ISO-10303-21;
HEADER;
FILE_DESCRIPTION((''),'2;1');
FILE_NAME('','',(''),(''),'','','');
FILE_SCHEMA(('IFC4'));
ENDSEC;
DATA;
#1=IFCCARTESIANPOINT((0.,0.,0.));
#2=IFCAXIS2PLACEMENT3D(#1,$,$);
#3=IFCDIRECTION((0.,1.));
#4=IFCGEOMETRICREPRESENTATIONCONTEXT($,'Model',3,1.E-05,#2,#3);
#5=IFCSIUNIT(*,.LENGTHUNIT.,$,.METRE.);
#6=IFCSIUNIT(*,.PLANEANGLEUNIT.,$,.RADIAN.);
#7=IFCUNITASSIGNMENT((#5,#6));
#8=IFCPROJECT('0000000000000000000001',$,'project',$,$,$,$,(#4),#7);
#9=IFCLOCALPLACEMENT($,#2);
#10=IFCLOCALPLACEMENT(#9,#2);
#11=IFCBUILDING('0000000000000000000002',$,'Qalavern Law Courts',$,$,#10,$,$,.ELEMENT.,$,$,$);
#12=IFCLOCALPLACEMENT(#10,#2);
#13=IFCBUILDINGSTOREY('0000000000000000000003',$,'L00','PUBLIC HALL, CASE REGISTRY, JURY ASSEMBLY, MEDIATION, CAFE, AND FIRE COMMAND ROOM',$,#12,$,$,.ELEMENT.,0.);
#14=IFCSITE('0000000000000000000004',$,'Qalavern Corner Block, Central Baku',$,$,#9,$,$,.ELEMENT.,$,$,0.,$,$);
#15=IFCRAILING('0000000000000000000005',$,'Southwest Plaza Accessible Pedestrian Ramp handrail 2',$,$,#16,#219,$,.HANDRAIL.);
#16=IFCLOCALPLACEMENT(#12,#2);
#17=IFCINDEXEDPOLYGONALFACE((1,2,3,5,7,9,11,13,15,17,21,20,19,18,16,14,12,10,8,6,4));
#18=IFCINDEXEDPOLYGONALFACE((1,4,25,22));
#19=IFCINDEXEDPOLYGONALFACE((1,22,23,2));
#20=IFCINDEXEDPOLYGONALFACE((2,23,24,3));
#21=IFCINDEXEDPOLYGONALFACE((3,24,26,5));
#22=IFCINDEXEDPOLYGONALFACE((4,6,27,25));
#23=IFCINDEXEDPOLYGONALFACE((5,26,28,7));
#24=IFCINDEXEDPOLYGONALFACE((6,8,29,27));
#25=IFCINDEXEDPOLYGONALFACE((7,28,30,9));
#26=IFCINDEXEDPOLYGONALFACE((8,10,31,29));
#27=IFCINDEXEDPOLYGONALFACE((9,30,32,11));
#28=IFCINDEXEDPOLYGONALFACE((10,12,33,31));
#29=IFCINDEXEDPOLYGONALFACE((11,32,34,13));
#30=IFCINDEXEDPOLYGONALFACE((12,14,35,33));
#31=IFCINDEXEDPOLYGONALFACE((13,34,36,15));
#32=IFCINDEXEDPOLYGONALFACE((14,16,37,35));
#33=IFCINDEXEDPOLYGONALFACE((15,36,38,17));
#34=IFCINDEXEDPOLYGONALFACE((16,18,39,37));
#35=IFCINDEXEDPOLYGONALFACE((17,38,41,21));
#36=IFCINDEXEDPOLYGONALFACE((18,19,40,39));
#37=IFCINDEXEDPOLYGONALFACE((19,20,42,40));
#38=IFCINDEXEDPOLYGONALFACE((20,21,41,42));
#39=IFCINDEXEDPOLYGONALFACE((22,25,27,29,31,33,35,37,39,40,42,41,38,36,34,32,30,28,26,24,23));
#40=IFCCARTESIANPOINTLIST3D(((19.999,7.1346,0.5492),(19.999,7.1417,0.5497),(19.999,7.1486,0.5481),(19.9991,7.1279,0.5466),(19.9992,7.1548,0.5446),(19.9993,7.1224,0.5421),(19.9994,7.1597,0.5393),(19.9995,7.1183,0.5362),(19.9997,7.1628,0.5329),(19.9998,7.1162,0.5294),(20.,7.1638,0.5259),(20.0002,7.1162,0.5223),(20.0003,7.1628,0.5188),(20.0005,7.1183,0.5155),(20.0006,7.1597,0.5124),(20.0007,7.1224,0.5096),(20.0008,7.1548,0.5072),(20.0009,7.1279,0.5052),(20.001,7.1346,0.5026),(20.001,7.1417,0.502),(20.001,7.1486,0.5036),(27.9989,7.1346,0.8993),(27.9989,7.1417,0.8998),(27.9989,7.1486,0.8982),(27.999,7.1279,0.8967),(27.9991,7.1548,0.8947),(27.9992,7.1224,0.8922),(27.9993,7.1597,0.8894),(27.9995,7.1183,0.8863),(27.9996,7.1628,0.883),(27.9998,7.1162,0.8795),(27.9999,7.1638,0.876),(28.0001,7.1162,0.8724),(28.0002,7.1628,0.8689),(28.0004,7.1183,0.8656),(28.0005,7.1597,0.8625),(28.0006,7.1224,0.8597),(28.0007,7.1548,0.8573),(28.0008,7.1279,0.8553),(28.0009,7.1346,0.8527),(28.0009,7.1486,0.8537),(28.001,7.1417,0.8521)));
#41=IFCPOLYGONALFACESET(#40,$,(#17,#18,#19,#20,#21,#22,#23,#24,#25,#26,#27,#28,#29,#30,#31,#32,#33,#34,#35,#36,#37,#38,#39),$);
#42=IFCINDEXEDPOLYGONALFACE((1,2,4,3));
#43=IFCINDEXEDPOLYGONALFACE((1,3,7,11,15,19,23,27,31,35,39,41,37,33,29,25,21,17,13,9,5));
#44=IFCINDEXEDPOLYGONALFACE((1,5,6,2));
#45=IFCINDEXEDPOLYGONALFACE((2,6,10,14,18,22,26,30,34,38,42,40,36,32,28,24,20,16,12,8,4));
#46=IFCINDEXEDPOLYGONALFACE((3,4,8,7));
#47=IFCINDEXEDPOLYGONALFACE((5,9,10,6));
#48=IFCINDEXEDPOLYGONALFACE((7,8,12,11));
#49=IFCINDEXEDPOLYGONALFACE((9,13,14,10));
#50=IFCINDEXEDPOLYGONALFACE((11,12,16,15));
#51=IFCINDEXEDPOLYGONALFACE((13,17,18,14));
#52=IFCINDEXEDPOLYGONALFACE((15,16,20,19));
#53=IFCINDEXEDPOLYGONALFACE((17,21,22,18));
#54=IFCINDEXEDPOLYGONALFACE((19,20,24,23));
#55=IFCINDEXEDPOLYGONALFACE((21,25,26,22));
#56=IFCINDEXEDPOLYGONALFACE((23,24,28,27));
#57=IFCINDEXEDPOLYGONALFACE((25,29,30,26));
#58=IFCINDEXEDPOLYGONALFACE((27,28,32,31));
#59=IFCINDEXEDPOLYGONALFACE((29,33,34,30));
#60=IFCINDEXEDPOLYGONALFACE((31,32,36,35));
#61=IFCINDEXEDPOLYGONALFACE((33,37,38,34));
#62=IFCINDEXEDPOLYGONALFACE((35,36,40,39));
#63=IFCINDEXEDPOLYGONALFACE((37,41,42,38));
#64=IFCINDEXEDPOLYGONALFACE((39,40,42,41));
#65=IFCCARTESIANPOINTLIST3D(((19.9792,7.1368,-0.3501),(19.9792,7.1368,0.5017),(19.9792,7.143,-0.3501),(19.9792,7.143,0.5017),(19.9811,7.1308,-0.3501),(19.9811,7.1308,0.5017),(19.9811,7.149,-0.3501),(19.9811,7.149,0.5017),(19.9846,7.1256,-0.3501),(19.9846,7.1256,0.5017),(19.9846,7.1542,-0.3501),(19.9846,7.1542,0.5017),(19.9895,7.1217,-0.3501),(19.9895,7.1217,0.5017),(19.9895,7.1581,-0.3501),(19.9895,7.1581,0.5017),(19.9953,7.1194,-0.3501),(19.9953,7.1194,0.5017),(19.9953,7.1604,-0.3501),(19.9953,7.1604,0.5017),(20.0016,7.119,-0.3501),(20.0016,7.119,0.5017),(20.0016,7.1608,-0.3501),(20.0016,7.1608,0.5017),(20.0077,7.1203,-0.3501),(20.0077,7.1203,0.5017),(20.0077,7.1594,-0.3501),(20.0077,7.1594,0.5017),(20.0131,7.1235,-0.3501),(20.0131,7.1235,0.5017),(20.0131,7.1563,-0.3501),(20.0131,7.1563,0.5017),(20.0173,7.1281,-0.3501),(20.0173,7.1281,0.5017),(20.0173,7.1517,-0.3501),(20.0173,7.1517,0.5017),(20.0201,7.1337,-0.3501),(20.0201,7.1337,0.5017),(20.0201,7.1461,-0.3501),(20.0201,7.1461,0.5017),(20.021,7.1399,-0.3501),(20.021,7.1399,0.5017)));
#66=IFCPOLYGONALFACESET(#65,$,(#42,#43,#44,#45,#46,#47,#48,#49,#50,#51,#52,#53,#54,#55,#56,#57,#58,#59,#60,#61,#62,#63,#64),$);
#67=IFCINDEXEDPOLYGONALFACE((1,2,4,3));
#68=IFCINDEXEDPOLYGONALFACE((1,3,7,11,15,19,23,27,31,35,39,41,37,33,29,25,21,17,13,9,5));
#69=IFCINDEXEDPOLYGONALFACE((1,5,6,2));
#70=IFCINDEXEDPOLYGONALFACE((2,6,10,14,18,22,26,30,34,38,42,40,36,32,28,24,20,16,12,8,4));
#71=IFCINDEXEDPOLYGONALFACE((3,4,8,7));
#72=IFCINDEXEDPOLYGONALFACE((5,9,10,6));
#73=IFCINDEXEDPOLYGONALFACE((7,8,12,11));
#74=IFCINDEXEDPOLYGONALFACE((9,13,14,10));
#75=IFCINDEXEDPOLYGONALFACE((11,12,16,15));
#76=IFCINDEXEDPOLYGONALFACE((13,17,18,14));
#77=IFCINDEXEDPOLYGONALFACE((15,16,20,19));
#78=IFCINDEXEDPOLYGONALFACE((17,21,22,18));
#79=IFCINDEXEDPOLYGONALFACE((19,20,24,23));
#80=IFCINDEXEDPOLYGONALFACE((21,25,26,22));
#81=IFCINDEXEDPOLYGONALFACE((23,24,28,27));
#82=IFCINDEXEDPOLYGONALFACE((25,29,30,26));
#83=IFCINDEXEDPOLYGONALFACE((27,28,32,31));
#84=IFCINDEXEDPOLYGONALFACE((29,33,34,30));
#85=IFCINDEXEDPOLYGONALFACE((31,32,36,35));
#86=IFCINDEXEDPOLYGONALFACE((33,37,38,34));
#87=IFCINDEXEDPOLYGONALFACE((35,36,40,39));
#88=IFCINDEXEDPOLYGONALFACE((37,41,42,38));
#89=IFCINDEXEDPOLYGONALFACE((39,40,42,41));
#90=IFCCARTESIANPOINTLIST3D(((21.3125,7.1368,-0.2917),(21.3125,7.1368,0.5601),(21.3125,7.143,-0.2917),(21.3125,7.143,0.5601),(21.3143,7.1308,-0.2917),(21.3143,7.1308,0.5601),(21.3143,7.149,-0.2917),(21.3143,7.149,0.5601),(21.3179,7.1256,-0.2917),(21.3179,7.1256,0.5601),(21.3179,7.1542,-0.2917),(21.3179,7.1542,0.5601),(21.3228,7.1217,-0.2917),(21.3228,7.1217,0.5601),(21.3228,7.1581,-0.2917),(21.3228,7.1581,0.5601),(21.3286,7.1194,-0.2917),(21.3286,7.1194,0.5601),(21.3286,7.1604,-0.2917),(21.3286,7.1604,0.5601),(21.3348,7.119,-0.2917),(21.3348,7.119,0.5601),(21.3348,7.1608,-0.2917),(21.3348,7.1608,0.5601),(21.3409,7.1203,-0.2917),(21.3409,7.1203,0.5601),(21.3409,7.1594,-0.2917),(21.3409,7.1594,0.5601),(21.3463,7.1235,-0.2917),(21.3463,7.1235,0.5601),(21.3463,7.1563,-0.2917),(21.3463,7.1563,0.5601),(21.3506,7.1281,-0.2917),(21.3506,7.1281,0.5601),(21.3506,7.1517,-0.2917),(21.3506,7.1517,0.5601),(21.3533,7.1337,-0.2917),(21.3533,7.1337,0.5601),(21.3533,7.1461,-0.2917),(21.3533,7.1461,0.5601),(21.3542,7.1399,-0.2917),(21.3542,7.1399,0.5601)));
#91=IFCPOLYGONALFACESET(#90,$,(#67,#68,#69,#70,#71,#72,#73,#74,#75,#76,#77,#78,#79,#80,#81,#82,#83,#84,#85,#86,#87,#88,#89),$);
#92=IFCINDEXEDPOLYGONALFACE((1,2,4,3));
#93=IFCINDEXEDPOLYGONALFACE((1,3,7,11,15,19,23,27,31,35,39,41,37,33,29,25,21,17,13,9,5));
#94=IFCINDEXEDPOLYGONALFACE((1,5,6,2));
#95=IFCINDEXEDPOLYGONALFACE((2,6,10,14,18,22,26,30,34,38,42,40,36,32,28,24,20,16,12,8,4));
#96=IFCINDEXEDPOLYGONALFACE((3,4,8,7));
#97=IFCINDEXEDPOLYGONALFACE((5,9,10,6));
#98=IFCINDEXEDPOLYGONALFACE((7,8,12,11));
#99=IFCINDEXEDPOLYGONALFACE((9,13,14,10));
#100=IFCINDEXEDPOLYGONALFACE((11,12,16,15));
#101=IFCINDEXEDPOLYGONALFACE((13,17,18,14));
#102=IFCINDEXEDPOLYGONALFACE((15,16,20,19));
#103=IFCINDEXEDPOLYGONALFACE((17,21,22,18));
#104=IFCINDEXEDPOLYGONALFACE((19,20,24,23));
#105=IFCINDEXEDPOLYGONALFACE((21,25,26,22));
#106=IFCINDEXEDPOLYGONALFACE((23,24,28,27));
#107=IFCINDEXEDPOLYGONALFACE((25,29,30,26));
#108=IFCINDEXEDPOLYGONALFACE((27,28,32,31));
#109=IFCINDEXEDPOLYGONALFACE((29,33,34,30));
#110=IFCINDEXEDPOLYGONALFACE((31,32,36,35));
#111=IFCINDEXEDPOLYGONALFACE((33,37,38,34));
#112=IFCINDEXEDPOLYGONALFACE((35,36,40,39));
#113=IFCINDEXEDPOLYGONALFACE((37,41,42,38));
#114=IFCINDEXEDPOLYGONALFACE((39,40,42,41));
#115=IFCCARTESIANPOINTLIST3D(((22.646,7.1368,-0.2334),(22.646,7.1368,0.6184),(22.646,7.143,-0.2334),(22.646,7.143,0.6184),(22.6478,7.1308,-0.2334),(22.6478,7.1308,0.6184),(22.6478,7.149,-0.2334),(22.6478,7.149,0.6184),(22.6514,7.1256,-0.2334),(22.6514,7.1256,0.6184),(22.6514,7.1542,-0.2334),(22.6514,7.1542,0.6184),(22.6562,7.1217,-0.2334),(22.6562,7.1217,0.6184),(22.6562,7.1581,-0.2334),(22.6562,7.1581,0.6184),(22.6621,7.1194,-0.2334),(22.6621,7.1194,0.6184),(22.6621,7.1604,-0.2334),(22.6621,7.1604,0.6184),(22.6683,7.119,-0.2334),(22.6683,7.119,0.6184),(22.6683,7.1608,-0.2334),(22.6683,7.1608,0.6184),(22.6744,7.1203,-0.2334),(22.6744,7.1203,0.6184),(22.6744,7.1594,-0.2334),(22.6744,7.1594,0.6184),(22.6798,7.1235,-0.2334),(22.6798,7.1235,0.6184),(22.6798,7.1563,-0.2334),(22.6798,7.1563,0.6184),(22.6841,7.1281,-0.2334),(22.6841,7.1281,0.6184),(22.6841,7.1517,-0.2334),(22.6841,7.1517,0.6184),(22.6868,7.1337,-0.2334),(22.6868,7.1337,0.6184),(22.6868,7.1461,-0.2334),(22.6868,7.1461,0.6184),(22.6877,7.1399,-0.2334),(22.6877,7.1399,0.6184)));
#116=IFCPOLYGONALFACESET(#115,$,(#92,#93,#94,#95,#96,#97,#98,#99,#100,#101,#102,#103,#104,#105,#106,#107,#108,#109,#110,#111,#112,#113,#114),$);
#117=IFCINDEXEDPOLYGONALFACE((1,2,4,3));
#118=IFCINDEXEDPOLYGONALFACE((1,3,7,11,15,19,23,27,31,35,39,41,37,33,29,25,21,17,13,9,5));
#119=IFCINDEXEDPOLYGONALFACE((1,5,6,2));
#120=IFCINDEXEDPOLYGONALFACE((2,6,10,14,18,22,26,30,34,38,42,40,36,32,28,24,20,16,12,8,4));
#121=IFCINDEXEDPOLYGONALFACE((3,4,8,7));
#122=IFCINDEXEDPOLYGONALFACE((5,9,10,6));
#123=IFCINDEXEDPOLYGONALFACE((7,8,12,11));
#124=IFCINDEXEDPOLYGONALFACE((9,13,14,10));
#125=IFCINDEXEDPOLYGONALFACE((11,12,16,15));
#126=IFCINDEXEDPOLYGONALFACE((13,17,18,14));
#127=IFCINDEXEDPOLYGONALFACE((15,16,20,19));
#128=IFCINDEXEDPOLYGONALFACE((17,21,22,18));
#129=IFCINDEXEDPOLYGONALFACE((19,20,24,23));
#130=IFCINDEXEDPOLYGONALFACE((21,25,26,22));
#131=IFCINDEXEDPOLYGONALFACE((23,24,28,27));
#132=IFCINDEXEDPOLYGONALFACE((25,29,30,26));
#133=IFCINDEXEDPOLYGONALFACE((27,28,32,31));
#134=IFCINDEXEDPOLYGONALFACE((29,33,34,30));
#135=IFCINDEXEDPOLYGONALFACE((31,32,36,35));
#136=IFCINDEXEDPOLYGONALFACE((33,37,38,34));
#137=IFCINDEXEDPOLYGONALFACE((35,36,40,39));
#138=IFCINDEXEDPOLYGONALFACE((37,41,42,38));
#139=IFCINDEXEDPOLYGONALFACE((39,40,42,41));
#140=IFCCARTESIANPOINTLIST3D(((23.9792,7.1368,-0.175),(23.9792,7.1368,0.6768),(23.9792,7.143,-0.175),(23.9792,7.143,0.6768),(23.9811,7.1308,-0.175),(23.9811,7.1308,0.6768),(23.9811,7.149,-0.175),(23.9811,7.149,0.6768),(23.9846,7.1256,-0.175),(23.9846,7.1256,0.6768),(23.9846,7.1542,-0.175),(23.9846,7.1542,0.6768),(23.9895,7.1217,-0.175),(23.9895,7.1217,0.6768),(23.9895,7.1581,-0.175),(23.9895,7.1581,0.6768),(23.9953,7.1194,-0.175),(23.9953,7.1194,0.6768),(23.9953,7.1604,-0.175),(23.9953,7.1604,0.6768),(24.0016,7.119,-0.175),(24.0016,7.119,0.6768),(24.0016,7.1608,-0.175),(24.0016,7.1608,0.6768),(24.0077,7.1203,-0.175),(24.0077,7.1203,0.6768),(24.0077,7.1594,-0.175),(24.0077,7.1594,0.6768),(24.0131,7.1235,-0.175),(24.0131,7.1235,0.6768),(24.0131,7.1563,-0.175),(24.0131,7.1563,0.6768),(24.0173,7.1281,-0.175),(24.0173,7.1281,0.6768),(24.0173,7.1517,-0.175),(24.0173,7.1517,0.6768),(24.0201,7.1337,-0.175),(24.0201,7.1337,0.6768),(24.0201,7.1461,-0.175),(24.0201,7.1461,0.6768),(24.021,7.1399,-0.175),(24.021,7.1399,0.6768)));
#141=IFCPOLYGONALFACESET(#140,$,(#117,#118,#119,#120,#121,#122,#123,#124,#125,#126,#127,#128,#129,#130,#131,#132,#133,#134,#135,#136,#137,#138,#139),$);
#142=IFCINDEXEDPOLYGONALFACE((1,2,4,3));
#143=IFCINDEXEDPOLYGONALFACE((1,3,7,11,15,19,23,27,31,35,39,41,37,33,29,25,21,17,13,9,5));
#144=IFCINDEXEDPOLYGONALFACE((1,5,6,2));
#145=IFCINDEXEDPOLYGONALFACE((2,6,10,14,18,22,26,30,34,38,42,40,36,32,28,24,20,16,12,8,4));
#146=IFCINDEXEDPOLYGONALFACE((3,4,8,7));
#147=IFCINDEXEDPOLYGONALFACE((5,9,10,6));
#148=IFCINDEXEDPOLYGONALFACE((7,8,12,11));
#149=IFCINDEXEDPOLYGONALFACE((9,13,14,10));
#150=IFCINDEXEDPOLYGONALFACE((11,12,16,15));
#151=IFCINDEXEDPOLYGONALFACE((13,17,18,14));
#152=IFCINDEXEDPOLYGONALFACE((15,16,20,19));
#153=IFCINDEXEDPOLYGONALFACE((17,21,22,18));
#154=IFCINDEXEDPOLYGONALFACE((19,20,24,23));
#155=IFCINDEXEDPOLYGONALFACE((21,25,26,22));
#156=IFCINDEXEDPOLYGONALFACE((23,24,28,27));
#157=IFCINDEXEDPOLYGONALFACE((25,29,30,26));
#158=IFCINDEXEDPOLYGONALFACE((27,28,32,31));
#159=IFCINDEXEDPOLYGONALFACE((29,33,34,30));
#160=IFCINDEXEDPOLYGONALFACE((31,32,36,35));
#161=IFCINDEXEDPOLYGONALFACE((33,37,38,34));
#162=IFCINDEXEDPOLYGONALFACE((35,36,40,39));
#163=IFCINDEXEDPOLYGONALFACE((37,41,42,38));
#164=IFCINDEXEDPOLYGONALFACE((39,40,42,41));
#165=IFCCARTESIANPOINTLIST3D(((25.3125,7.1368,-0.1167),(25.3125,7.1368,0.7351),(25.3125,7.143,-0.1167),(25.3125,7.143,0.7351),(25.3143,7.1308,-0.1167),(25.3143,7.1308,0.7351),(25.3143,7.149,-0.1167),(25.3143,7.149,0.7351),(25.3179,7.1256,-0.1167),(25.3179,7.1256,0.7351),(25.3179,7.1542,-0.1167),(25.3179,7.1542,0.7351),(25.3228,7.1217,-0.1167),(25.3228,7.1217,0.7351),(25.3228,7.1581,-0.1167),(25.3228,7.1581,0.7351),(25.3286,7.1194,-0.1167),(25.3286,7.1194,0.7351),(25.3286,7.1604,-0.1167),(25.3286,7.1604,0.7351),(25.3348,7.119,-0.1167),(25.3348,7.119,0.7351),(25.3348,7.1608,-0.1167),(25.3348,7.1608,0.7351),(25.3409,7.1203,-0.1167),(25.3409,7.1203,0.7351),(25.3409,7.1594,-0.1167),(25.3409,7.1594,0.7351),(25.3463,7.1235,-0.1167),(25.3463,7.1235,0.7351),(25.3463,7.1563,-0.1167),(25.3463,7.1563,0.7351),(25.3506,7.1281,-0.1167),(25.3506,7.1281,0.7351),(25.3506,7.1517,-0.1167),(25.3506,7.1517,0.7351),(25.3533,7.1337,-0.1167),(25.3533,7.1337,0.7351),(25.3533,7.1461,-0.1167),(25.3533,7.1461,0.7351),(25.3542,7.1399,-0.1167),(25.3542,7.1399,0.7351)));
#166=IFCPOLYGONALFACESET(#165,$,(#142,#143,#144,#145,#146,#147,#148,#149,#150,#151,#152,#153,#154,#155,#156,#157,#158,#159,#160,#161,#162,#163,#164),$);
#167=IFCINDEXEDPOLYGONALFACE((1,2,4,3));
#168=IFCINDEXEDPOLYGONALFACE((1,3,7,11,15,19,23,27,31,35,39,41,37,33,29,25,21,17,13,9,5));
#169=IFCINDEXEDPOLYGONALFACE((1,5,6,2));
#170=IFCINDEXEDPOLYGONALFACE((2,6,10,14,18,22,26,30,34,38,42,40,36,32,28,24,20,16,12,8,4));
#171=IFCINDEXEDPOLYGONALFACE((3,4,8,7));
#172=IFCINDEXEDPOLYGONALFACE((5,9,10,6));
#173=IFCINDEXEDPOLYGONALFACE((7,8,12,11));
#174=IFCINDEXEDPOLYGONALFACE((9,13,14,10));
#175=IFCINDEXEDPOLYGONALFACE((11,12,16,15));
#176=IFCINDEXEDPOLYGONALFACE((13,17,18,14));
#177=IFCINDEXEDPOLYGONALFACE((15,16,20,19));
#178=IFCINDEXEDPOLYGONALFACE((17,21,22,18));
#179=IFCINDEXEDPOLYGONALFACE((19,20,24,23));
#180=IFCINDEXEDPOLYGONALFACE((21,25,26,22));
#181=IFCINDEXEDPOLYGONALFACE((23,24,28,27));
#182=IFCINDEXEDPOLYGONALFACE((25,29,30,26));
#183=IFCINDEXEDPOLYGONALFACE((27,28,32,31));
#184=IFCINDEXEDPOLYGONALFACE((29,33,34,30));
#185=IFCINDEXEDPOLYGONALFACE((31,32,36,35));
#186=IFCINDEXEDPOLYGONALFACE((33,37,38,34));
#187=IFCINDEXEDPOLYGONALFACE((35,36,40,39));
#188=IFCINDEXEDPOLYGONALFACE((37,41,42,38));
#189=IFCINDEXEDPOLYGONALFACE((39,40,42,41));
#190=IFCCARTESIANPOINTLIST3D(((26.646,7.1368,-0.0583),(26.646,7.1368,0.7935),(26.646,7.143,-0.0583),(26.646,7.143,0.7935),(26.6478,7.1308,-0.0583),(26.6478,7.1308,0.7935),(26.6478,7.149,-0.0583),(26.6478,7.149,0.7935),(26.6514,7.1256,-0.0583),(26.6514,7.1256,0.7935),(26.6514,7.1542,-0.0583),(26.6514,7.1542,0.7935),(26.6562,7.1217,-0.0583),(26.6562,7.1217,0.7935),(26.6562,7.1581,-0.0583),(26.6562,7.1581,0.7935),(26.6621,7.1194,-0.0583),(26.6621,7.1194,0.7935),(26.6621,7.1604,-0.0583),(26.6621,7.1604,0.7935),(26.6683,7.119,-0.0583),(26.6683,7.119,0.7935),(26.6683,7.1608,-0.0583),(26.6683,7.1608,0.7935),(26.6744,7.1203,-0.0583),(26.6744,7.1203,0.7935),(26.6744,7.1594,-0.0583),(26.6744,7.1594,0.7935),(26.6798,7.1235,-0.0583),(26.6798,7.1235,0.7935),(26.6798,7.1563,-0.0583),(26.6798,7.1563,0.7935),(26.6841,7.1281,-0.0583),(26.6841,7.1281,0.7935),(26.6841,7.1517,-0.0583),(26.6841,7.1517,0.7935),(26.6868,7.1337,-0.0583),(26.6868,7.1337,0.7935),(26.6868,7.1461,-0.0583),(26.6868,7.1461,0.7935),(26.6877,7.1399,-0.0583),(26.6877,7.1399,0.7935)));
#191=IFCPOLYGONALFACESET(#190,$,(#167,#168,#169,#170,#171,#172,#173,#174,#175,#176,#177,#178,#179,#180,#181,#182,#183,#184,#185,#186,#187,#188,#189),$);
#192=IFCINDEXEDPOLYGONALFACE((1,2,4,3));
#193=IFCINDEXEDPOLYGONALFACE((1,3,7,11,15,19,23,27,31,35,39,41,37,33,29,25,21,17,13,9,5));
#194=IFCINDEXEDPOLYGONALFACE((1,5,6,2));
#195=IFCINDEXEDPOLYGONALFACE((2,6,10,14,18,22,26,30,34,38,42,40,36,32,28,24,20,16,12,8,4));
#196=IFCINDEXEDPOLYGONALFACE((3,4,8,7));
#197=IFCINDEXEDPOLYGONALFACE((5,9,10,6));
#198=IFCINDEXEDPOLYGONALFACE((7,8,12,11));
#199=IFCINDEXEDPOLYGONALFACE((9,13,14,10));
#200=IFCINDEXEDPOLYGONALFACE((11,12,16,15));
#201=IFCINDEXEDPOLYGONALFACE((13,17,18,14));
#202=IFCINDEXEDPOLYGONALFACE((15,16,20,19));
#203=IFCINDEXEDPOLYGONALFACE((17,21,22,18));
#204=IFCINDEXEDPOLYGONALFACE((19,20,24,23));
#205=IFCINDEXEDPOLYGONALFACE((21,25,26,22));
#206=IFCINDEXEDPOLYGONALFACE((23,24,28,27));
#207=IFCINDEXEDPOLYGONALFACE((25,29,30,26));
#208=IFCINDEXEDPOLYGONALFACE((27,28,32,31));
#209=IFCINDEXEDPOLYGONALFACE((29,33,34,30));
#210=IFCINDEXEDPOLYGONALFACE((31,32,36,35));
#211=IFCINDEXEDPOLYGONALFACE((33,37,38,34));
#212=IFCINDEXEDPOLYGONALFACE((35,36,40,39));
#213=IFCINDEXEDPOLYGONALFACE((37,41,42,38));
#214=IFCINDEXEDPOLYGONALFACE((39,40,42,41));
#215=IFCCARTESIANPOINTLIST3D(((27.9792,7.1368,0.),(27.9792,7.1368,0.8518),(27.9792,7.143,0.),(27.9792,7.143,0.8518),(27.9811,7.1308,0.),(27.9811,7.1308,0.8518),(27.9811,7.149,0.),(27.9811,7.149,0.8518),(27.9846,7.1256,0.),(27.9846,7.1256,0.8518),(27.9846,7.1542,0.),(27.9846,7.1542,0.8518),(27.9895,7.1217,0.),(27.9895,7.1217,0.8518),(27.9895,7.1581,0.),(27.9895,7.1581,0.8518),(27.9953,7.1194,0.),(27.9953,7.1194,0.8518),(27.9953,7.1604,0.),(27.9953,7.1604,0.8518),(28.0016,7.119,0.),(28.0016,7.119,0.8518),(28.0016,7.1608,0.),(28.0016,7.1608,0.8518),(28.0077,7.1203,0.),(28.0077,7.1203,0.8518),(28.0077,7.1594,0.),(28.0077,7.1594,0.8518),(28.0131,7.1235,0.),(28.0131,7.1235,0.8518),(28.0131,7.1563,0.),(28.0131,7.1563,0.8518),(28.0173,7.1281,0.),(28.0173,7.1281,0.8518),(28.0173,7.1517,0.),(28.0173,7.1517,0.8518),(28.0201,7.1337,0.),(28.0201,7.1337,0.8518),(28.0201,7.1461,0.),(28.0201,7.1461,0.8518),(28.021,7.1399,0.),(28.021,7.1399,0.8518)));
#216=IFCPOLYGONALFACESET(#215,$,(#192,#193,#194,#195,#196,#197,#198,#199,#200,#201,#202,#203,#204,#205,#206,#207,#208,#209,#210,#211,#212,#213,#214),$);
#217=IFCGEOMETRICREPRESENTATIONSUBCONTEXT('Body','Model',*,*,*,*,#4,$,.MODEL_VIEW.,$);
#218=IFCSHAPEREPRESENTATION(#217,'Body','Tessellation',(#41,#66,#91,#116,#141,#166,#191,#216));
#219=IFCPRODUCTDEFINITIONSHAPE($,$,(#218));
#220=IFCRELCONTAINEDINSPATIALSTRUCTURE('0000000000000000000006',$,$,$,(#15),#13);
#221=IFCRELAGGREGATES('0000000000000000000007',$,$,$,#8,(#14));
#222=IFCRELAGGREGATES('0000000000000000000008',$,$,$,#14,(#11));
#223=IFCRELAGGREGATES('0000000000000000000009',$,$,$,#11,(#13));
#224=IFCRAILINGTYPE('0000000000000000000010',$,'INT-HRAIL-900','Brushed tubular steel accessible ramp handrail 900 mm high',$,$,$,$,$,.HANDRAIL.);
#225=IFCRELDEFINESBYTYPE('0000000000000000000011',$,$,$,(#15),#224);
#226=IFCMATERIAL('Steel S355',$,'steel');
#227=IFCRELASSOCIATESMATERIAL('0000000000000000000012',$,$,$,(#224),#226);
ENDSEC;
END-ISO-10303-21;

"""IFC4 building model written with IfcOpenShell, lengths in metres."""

from ifc_helpers import new_model, si_unit, direction, frame, origin, origin_2d, place, context, subcontext, project, spatial, circle, extrude, material, type_object, element, save


model = new_model("IFC4")

# Units and contexts
model_context = context("Model", 3, precision=1e-05, world=origin(), true_north=direction((0.0, 1.0)))
body_context = subcontext(model_context, "Body", "Model", "MODEL_VIEW")
ifc_project = project(units=[si_unit("LENGTHUNIT", "METRE"), si_unit("PLANEANGLEUNIT", "RADIAN")], contexts=[model_context])

# Site, building, storey
site_placement = place(None, origin())
site = spatial("IfcSite", under=ifc_project, at=site_placement, Name="Qalavern Corner Block, Central Baku", CompositionType="ELEMENT", RefElevation=0.0)
building_placement = place(site_placement, origin())
building = spatial("IfcBuilding", under=site, at=building_placement, Name="Qalavern Law Courts", CompositionType="ELEMENT")
storey_placement = place(building_placement, origin())
storey = spatial("IfcBuildingStorey", under=building, at=storey_placement, Name="L00", Description="PUBLIC HALL, CASE REGISTRY, JURY ASSEMBLY, MEDIATION, CAFE, AND FIRE COMMAND ROOM", CompositionType="ELEMENT", Elevation=0.0)

# Shared definitions
ifc_material_1 = material(Name="Steel S355", Category="steel")

# Railing
railing_type = type_object("IfcRailingType", Name="INT-HRAIL-900", Description="Brushed tubular steel accessible ramp handrail 900 mm high", PredefinedType="HANDRAIL", material=ifc_material_1)
for number, where, name in (
    (1, (20.0, 7.1399, -0.3501), "Southwest Plaza Accessible Pedestrian Ramp handrail 2"),
):
    element("IfcRailing", number, at=place(storey_placement, frame(where)), inside=storey, type_object=railing_type, Name=name, PredefinedType="HANDRAIL", context=body_context, shape_type="SweptSolid", body=[
        extrude(circle(Radius=0.0239, at=origin_2d()), frame((0.0, 0.0, 0.876), z_axis=(0.999044, 0.0, 0.04372), x_axis=(0.0, 1.0, 0.0)), (0.0, 0.0, 1.0), 8.0076),
        extrude(circle(Radius=0.021, at=origin_2d()), origin(), (0.0, 0.0, 1.0), 0.8518),
        extrude(circle(Radius=0.021, at=origin_2d()), frame((1.3333, 0.0, 0.0583)), (0.0, 0.0, 1.0), 0.8518),
        extrude(circle(Radius=0.021, at=origin_2d()), frame((2.6667, 0.0, 0.1167)), (0.0, 0.0, 1.0), 0.8518),
        extrude(circle(Radius=0.021, at=origin_2d()), frame((4.0, 0.0, 0.175)), (0.0, 0.0, 1.0), 0.8518),
        extrude(circle(Radius=0.021, at=origin_2d()), frame((5.3333, 0.0, 0.2334)), (0.0, 0.0, 1.0), 0.8518),
        extrude(circle(Radius=0.021, at=origin_2d()), frame((6.6667, 0.0, 0.2917)), (0.0, 0.0, 1.0), 0.8518),
        extrude(circle(Radius=0.021, at=origin_2d()), frame((8.0, 0.0, 0.3501)), (0.0, 0.0, 1.0), 0.8518),
    ])

save(model, "model.ifc")
